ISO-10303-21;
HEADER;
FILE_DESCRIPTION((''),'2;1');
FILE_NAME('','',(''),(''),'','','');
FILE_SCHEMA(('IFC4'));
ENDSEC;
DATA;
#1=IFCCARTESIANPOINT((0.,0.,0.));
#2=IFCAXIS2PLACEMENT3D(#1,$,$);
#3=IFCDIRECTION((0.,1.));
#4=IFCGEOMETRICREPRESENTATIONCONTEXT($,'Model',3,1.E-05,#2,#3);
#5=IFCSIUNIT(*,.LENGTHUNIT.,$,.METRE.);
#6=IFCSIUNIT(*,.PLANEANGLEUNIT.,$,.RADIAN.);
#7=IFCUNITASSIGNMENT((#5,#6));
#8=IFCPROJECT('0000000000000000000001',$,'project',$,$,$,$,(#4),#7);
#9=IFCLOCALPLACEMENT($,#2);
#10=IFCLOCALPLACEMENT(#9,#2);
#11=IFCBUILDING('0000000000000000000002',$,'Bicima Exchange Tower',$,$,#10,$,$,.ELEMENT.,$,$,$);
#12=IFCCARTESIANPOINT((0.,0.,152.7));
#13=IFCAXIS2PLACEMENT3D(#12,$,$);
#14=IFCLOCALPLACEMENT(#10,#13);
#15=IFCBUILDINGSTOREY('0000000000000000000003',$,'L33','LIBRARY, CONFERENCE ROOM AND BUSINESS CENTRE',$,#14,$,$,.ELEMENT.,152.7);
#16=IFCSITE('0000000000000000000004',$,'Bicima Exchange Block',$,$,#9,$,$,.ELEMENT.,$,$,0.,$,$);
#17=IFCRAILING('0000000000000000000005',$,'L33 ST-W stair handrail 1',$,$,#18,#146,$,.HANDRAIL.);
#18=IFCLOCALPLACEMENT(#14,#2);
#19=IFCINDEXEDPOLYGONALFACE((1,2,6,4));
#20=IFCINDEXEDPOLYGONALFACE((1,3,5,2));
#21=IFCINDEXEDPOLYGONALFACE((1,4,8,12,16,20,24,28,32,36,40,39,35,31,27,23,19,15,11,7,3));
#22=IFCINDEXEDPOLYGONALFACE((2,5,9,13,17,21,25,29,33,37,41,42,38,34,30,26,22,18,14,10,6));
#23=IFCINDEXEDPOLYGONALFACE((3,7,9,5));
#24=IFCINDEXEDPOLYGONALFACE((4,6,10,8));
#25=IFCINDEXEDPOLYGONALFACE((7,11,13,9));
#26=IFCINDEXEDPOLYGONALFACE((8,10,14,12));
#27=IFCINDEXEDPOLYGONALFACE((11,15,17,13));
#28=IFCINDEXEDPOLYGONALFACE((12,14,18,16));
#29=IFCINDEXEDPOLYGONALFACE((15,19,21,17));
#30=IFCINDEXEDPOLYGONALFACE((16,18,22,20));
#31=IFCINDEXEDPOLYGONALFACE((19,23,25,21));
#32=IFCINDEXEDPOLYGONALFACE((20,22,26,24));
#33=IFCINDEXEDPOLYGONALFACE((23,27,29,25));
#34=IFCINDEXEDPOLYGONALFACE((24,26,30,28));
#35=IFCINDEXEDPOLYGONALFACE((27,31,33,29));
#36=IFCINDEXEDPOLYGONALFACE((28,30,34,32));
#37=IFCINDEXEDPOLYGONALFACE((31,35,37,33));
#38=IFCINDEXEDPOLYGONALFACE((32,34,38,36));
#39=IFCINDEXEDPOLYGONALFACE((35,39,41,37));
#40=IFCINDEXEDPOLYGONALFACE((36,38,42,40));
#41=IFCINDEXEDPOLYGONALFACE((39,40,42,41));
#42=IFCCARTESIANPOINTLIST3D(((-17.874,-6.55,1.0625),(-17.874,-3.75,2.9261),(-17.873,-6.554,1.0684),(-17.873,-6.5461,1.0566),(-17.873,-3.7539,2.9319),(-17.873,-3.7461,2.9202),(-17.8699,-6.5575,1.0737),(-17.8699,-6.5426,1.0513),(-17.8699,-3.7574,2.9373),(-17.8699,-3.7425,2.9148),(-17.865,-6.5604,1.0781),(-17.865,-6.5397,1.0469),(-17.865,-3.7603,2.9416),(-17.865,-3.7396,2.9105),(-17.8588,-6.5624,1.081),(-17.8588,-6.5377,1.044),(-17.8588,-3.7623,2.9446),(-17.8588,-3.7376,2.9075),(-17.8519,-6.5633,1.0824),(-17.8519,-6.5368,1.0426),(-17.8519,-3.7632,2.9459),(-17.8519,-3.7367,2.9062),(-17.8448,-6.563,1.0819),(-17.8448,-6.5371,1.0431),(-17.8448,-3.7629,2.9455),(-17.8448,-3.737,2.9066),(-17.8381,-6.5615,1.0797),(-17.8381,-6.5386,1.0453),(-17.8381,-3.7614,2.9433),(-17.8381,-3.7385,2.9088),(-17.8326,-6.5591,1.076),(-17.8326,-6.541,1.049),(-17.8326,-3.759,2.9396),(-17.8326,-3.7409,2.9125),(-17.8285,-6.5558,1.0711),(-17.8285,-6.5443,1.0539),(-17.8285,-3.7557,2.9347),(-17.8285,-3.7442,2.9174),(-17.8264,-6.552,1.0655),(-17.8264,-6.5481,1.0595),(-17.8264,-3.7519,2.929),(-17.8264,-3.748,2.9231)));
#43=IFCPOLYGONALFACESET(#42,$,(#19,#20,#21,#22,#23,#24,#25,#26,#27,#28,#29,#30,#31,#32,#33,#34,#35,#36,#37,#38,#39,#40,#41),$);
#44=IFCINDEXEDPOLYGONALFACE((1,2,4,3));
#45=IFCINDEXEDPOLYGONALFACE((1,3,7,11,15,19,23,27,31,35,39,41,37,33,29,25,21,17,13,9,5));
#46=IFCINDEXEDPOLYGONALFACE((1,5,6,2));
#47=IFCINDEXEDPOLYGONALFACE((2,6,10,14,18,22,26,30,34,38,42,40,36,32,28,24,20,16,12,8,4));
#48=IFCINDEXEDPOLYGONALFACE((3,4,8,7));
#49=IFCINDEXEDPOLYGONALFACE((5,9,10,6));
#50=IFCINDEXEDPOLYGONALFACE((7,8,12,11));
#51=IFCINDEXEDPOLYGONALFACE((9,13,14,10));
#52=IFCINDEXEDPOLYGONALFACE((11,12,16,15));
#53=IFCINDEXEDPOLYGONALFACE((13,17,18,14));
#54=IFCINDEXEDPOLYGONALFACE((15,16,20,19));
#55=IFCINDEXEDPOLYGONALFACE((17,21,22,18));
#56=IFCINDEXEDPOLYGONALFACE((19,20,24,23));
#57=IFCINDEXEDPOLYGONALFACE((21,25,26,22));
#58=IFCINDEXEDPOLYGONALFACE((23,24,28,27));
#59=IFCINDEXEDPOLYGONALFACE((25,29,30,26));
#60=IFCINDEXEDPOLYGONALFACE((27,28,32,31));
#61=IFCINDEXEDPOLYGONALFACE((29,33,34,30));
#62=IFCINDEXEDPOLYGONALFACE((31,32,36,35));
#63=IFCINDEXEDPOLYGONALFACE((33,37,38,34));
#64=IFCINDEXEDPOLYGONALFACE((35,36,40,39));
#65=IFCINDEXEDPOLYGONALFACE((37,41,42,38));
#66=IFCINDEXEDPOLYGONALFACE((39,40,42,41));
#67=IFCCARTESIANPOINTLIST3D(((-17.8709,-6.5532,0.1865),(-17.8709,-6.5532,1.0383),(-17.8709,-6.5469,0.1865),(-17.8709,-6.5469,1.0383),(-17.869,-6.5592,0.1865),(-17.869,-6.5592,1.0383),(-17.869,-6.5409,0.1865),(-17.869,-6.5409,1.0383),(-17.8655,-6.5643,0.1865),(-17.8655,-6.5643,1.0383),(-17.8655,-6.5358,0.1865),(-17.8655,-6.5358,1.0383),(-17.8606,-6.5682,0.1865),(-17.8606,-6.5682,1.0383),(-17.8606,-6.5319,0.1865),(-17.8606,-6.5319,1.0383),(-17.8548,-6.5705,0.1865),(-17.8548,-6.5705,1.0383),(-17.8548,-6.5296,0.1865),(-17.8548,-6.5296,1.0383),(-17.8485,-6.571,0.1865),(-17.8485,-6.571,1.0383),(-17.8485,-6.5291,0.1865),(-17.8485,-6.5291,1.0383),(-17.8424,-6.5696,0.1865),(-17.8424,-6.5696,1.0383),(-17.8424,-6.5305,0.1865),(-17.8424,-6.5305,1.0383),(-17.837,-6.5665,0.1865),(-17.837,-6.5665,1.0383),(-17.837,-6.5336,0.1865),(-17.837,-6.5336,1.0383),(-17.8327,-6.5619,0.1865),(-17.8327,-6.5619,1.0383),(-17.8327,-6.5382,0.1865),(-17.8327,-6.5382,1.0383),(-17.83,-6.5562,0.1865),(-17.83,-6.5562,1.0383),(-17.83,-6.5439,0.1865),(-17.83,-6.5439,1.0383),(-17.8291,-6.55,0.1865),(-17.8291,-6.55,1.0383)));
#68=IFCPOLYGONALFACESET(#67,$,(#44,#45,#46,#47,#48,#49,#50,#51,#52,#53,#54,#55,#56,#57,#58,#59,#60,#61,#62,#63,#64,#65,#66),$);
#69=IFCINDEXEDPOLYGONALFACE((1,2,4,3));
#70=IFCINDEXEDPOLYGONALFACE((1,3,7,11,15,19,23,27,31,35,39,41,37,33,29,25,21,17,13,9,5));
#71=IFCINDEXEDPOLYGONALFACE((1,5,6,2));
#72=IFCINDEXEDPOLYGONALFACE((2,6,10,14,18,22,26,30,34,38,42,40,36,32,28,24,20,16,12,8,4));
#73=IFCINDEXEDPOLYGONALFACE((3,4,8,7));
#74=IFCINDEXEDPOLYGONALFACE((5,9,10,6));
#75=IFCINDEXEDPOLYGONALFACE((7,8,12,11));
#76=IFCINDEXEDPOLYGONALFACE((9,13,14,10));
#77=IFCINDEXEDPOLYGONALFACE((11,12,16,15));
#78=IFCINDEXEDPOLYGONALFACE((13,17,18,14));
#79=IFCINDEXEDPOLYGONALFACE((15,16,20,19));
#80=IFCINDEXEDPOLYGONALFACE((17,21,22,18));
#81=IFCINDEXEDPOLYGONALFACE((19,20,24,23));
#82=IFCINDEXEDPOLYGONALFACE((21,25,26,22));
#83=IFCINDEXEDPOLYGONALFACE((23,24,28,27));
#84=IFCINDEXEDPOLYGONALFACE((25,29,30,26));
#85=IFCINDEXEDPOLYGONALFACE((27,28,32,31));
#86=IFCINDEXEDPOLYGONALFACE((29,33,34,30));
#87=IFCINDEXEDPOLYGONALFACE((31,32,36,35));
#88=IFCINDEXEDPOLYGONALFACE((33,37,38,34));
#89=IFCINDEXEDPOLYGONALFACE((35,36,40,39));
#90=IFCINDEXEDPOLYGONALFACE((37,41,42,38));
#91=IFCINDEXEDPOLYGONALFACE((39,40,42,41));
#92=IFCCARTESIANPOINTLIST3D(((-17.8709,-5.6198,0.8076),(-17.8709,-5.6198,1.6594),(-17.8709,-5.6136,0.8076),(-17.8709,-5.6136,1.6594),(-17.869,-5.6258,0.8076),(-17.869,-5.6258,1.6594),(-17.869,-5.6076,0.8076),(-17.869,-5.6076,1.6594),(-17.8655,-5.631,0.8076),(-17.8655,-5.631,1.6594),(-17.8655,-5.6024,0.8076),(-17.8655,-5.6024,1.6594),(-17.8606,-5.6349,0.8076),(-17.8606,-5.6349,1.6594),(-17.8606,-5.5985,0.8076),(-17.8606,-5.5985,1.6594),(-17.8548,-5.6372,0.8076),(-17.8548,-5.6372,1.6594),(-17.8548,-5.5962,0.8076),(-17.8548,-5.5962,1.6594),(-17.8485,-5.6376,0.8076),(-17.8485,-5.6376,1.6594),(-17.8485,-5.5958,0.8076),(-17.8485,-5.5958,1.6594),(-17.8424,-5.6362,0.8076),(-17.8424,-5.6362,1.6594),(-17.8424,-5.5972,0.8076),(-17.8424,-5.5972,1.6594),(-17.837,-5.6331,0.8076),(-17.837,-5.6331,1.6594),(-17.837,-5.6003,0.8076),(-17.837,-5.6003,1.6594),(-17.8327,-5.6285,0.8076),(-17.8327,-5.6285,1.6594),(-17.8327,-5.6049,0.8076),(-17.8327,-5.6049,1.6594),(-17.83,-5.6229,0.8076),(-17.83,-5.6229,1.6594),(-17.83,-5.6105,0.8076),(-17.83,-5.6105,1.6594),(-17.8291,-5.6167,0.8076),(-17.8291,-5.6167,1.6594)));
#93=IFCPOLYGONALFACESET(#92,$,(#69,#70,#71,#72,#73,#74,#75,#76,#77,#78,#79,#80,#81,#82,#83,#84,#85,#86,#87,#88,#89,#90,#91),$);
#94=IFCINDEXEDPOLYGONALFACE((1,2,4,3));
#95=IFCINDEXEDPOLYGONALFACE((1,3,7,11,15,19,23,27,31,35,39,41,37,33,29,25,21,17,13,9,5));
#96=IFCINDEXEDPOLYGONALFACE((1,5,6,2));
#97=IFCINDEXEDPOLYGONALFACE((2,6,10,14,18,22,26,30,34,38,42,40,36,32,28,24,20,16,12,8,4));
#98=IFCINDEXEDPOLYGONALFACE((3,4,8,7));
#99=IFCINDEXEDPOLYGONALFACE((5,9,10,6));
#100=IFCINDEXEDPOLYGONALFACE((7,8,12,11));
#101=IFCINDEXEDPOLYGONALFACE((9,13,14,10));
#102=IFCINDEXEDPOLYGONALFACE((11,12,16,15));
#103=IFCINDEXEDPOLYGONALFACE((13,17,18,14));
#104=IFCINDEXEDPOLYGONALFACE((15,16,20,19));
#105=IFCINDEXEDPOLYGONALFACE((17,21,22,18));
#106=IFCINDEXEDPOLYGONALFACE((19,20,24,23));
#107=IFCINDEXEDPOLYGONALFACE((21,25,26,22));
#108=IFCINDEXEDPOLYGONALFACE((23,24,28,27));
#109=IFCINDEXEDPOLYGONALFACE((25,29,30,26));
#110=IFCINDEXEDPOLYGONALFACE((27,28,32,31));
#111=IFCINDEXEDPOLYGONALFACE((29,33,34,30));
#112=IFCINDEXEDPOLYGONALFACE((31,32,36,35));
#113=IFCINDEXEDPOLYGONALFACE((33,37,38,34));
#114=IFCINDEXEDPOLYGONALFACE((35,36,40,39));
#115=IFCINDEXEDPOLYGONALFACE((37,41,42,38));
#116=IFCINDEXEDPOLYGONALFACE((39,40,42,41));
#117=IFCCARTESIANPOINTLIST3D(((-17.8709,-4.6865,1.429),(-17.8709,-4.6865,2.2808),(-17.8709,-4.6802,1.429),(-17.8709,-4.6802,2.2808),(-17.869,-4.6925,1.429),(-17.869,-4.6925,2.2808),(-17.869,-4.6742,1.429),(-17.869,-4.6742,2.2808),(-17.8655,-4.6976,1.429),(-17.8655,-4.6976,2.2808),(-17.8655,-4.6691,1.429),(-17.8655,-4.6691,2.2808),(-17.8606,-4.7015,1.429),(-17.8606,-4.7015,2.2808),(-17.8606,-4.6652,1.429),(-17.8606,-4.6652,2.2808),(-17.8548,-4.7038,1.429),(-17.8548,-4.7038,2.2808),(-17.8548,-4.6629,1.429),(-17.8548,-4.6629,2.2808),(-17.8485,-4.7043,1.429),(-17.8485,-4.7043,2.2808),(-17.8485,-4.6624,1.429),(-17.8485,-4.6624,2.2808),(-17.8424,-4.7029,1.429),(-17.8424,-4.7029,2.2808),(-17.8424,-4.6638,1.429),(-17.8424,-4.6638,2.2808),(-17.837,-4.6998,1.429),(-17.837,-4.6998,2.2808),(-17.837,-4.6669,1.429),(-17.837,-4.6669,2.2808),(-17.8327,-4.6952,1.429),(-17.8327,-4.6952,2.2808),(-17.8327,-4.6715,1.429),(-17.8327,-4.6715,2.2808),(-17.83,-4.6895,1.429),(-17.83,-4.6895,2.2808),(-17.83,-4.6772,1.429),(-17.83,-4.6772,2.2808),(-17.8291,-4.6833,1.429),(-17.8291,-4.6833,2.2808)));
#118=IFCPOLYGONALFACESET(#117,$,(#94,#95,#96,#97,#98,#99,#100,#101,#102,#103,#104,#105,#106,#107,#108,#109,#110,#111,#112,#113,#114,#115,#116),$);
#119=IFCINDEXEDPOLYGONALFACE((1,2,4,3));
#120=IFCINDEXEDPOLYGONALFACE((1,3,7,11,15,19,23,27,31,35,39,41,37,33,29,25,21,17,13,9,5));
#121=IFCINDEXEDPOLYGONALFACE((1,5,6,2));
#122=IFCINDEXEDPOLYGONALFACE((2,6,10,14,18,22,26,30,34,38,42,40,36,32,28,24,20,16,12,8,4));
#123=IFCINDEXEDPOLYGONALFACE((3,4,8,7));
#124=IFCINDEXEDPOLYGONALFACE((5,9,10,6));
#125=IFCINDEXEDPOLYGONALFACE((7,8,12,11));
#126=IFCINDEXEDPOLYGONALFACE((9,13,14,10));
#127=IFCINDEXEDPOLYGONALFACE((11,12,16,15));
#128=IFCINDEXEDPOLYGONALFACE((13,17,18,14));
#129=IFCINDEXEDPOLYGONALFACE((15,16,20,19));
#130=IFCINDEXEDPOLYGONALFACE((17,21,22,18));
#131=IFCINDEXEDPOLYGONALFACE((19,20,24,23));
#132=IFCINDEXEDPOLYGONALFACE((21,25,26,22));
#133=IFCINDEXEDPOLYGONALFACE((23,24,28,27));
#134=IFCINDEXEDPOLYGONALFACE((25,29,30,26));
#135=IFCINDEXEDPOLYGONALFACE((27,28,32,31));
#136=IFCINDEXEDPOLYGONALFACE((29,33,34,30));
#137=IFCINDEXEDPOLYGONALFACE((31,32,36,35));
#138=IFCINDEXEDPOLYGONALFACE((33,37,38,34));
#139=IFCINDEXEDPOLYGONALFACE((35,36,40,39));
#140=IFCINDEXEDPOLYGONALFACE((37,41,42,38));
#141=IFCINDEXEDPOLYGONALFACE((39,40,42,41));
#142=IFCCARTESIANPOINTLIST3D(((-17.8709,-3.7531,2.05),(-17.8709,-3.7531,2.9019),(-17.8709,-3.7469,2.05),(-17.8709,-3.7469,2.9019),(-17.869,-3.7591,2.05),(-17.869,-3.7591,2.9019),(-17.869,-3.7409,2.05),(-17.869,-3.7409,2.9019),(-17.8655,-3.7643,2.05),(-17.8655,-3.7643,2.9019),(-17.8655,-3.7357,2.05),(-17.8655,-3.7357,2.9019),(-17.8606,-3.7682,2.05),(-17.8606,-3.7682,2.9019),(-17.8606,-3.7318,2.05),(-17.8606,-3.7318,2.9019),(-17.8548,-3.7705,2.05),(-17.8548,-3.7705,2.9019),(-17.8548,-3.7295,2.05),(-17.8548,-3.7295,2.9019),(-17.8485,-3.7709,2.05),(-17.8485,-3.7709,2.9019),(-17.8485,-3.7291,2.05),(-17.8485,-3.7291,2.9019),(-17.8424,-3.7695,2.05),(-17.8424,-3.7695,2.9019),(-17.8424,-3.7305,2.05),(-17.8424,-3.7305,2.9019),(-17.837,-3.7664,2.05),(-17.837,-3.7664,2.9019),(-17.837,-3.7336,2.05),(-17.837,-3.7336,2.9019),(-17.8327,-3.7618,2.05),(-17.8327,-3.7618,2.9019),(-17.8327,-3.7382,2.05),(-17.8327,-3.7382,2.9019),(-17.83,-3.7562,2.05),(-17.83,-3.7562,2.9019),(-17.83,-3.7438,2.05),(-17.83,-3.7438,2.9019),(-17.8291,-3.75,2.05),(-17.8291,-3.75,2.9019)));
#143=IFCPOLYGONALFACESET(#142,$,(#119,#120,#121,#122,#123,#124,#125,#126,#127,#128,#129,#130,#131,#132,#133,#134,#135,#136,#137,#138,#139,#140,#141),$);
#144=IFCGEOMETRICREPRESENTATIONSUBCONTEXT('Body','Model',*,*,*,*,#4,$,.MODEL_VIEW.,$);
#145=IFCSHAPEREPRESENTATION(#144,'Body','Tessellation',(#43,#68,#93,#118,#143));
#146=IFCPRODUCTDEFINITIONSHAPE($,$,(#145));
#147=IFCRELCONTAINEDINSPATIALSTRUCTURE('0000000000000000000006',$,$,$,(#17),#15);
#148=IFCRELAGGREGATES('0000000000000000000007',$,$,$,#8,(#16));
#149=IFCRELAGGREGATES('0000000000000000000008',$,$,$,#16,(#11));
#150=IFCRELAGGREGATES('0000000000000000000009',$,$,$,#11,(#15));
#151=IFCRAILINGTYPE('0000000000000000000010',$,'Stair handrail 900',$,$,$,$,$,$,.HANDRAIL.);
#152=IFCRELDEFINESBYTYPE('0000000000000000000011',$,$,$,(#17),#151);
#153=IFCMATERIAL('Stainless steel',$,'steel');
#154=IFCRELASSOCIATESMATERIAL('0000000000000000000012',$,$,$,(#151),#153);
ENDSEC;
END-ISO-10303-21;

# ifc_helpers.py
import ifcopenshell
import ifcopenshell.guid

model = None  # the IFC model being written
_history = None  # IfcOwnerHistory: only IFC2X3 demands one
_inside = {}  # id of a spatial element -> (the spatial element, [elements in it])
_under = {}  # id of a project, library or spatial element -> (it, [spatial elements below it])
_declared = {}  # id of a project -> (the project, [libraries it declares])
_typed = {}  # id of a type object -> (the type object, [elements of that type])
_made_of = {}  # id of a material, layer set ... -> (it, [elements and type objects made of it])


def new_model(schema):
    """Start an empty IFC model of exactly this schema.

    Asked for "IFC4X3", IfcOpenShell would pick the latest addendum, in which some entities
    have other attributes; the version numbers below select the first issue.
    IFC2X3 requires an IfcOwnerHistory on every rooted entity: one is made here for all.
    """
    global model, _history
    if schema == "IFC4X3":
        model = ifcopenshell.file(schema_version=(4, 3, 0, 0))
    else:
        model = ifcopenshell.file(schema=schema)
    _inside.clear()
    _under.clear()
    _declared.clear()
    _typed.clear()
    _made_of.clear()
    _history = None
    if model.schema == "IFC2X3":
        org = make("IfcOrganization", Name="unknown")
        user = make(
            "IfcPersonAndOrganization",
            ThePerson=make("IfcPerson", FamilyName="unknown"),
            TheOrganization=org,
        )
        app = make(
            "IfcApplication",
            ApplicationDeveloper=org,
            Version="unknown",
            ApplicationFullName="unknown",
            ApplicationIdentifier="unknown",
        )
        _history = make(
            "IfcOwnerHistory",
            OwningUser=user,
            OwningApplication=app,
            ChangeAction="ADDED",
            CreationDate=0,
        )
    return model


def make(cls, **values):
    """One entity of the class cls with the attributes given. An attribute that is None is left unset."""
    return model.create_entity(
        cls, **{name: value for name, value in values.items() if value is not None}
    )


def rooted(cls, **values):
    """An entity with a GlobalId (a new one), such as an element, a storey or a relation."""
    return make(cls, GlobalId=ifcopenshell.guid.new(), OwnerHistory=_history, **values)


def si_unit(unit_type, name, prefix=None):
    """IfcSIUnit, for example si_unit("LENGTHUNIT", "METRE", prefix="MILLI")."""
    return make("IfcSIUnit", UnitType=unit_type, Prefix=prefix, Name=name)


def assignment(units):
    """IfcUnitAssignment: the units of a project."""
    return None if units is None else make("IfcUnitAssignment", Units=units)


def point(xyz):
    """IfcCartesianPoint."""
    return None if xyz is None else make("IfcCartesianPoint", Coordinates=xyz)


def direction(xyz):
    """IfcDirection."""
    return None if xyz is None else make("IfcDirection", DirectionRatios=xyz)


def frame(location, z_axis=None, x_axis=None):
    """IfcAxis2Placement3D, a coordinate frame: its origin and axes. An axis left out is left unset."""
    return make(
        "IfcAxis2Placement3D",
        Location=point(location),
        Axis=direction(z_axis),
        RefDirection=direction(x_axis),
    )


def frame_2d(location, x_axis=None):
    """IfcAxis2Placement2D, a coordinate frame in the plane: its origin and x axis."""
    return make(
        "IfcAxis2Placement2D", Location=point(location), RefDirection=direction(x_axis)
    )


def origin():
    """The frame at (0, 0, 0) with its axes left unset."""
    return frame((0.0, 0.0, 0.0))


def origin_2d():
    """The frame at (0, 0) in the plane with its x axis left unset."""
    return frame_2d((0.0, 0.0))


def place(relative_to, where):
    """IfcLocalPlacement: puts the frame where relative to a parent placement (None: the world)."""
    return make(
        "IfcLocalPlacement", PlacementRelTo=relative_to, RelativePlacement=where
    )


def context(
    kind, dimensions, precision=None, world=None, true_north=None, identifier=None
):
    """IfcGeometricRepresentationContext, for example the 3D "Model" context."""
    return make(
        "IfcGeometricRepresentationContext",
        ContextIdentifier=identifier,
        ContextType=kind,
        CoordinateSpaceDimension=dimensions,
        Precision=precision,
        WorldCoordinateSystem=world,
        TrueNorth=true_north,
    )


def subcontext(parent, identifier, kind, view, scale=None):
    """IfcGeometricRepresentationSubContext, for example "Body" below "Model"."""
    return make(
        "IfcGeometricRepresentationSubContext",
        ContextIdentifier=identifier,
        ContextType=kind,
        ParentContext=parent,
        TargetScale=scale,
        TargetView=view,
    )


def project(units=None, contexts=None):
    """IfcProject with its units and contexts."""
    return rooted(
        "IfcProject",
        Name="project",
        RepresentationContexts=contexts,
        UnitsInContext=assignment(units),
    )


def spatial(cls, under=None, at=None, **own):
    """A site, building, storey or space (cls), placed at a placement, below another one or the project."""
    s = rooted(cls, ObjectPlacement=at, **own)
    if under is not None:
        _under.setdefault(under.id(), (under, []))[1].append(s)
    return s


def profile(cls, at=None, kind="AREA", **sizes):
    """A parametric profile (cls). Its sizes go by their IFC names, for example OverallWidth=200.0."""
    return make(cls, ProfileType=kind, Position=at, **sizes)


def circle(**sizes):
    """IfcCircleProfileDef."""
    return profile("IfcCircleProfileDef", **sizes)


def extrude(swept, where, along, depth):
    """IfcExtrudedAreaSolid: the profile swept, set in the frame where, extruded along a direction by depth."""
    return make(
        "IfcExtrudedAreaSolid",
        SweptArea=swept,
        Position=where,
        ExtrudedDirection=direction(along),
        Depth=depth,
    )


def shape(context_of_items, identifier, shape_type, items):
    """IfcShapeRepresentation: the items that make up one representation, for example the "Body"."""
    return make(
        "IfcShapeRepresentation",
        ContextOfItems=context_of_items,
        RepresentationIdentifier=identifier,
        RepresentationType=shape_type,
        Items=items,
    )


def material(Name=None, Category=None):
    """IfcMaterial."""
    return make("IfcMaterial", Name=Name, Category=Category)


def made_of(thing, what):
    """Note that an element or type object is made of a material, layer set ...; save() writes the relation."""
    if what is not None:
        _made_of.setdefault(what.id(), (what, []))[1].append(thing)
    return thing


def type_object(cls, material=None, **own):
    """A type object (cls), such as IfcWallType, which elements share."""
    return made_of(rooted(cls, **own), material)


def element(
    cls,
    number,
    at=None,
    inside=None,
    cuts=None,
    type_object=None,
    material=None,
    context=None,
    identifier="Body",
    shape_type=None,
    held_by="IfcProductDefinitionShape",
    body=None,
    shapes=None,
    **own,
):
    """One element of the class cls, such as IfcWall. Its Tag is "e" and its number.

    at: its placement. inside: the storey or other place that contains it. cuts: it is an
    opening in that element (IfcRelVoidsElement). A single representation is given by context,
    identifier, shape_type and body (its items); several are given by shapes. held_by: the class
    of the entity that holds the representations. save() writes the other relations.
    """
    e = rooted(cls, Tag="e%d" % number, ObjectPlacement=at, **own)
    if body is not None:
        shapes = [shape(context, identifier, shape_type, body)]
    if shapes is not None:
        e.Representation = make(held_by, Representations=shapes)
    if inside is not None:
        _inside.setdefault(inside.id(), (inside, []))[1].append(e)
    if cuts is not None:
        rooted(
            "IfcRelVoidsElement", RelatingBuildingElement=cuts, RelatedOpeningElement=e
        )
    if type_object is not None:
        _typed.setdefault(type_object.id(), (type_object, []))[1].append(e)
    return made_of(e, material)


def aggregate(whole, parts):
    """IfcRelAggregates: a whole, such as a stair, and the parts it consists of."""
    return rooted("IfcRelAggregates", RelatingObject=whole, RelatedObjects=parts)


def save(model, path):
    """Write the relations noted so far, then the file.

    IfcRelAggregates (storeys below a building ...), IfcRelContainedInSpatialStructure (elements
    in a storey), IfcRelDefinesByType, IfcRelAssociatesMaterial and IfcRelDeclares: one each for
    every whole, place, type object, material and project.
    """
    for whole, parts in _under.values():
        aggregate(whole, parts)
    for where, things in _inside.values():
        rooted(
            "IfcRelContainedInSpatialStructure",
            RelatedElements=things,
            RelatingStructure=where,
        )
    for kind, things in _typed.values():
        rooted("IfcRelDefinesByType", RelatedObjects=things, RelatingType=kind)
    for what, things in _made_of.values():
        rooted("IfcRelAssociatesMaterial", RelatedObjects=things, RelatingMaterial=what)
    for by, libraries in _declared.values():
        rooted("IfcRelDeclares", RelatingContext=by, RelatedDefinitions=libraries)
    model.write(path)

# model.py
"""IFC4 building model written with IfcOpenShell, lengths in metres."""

from ifc_helpers import new_model, si_unit, direction, frame, origin, origin_2d, place, context, subcontext, project, spatial, circle, extrude, material, type_object, element, save


model = new_model("IFC4")

# Units and contexts
model_context = context("Model", 3, precision=1e-05, world=origin(), true_north=direction((0.0, 1.0)))
body_context = subcontext(model_context, "Body", "Model", "MODEL_VIEW")
ifc_project = project(units=[si_unit("LENGTHUNIT", "METRE"), si_unit("PLANEANGLEUNIT", "RADIAN")], contexts=[model_context])

# Site, building, storey
site_placement = place(None, origin())
site = spatial("IfcSite", under=ifc_project, at=site_placement, Name="Bicima Exchange Block", CompositionType="ELEMENT", RefElevation=0.0)
building_placement = place(site_placement, origin())
building = spatial("IfcBuilding", under=site, at=building_placement, Name="Bicima Exchange Tower", CompositionType="ELEMENT")
storey_placement = place(building_placement, frame((0.0, 0.0, 152.7)))
storey = spatial("IfcBuildingStorey", under=building, at=storey_placement, Name="L33", Description="LIBRARY, CONFERENCE ROOM AND BUSINESS CENTRE", CompositionType="ELEMENT", Elevation=152.7)

# Shared definitions
ifc_material_1 = material(Name="Stainless steel", Category="steel")

# Railing
railing_type_1 = type_object("IfcRailingType", Name="Stair handrail 900", PredefinedType="HANDRAIL", material=ifc_material_1)
railing_1_placement = place(storey_placement, frame((-17.8501, -6.55, 0.1865)))
element("IfcRailing", 1, at=railing_1_placement, inside=storey, type_object=railing_type_1, Name="L33 ST-W stair handrail 1", PredefinedType="HANDRAIL", context=body_context, shape_type="SweptSolid", body=[
    extrude(circle(Radius=0.0239, at=origin_2d()), frame((0.0, 0.0, 0.876), z_axis=(0.0, 0.832486, 0.554047), x_axis=(-1.0, 0.0, 0.0)), (0.0, 0.0, 1.0), 3.3635),
    extrude(circle(Radius=0.021, at=origin_2d()), origin(), (0.0, 0.0, 1.0), 0.8518),
    extrude(circle(Radius=0.021, at=origin_2d()), frame((0.0, 0.9333, 0.6211)), (0.0, 0.0, 1.0), 0.8518),
    extrude(circle(Radius=0.021, at=origin_2d()), frame((0.0, 1.8667, 1.2424)), (0.0, 0.0, 1.0), 0.8518),
    extrude(circle(Radius=0.021, at=origin_2d()), frame((0.0, 2.8, 1.8635)), (0.0, 0.0, 1.0), 0.8518),
])

save(model, "model.ifc")
